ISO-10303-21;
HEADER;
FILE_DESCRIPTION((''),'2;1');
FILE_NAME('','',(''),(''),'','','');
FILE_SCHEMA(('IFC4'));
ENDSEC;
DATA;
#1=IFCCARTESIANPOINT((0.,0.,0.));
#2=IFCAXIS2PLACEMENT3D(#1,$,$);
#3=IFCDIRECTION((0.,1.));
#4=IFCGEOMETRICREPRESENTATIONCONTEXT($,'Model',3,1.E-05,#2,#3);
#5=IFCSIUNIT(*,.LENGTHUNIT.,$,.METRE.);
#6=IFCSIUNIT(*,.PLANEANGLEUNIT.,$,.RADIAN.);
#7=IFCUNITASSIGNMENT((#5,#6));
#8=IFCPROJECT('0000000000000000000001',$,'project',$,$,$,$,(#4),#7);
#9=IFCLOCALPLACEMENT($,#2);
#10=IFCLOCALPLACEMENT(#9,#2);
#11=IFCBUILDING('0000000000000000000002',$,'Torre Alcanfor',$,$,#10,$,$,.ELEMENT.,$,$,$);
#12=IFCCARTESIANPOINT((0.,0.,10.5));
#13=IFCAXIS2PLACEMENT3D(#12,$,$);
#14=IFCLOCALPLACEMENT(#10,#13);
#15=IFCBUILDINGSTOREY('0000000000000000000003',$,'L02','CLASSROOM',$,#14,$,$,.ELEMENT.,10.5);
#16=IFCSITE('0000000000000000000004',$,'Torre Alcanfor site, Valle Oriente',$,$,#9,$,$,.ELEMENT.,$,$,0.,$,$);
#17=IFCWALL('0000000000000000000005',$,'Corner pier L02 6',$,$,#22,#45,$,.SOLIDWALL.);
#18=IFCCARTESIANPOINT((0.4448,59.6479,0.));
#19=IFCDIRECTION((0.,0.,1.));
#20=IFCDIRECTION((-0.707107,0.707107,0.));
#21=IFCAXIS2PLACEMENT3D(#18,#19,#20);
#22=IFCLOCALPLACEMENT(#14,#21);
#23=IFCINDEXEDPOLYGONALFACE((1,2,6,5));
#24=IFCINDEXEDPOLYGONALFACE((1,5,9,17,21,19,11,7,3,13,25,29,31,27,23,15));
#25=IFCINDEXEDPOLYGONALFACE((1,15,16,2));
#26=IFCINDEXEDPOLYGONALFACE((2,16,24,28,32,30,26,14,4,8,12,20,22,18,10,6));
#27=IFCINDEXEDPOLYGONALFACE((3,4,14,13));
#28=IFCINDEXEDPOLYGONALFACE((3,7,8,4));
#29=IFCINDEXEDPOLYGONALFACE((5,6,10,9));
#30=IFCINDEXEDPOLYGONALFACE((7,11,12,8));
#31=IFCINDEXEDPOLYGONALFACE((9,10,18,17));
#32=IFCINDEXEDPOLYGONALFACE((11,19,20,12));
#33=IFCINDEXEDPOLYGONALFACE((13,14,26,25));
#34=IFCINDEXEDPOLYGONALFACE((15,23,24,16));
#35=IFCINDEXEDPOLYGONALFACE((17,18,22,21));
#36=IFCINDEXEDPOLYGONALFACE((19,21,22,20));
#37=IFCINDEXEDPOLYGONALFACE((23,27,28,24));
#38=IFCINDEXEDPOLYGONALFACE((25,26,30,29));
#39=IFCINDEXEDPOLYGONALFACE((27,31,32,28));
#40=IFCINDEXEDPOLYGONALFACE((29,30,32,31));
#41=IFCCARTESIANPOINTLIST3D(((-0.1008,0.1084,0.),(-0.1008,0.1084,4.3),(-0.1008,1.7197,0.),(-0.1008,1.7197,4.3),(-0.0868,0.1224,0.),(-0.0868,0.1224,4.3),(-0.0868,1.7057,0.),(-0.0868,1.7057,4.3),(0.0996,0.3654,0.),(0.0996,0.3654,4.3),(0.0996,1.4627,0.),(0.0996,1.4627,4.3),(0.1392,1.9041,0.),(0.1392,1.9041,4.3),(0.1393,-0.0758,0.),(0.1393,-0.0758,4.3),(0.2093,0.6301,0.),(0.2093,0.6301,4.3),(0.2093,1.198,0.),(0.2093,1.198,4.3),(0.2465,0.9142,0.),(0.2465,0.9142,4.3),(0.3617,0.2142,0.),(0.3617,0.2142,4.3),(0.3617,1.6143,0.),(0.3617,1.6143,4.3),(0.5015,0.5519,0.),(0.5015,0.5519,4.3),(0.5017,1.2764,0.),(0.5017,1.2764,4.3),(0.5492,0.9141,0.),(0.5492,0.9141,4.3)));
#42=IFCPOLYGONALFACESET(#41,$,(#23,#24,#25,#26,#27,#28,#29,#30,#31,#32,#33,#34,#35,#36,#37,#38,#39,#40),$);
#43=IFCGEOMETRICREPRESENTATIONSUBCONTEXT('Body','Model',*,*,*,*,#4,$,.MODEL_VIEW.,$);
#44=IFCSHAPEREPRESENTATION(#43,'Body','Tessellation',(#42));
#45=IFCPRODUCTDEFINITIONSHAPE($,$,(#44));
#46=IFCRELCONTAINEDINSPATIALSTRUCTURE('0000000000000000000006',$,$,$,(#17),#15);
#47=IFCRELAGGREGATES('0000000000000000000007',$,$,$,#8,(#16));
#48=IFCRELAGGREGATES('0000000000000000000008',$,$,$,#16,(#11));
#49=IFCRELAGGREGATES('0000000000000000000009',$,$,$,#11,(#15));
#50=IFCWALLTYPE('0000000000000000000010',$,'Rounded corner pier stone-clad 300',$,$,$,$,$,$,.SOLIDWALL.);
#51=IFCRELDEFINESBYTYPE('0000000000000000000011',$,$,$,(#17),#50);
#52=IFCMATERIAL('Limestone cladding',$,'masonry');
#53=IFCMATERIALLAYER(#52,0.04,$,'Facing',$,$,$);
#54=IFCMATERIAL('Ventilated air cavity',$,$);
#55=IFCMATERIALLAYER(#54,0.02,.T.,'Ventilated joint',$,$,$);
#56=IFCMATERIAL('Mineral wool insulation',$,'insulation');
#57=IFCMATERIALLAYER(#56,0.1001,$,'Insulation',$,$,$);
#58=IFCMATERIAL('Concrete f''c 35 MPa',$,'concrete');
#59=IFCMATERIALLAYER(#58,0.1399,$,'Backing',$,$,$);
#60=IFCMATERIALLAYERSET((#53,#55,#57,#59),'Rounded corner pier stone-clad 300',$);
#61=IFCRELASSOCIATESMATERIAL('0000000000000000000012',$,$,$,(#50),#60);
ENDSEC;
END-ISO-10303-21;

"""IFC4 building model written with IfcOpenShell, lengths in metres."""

from ifc_helpers import new_model, si_unit, direction, frame, origin, place, context, subcontext, project, spatial, polyline, outline, extrude, material, layer, layer_set, type_object, element, save


model = new_model("IFC4")

# Units and contexts
model_context = context("Model", 3, precision=1e-05, world=origin(), true_north=direction((0.0, 1.0)))
body_context = subcontext(model_context, "Body", "Model", "MODEL_VIEW")
ifc_project = project(units=[si_unit("LENGTHUNIT", "METRE"), si_unit("PLANEANGLEUNIT", "RADIAN")], contexts=[model_context])

# Site, building, storey
site_placement = place(None, origin())
site = spatial("IfcSite", under=ifc_project, at=site_placement, Name="Torre Alcanfor site, Valle Oriente", CompositionType="ELEMENT", RefElevation=0.0)
building_placement = place(site_placement, origin())
building = spatial("IfcBuilding", under=site, at=building_placement, Name="Torre Alcanfor", CompositionType="ELEMENT")
storey_placement = place(building_placement, frame((0.0, 0.0, 10.5)))
storey = spatial("IfcBuildingStorey", under=building, at=storey_placement, Name="L02", Description="CLASSROOM", CompositionType="ELEMENT", Elevation=10.5)

# Wall
ifc_material_1 = material(Name="Limestone cladding", Category="masonry")
ifc_layer_1 = layer(ifc_material_1, 0.04, Name="Facing")
ifc_material_2 = material(Name="Ventilated air cavity")
ifc_layer_2 = layer(ifc_material_2, 0.02, ventilated=True, Name="Ventilated joint")
ifc_material_3 = material(Name="Mineral wool insulation", Category="insulation")
ifc_layer_3 = layer(ifc_material_3, 0.1001, Name="Insulation")
ifc_material_4 = material(Name="Concrete f'c 35 MPa", Category="concrete")
ifc_layer_4 = layer(ifc_material_4, 0.1399, Name="Backing")
ifc_layer_set_1 = layer_set([ifc_layer_1, ifc_layer_2, ifc_layer_3, ifc_layer_4], Name="Rounded corner pier stone-clad 300")
wall_type_1 = type_object("IfcWallType", Name="Rounded corner pier stone-clad 300", PredefinedType="SOLIDWALL", material=ifc_layer_set_1)
wall_1_placement = place(storey_placement, frame((0.4448, 59.6479, 0.0), z_axis=(0.0, 0.0, 1.0), x_axis=(-0.707107, 0.707107, 0.0)))
element("IfcWall", 1, at=wall_1_placement, inside=storey, type_object=wall_type_1, Name="Corner pier L02 6", PredefinedType="SOLIDWALL", context=body_context, shape_type="SweptSolid", body=[
    extrude(outline(polyline([(0.1392, 1.9041), (-0.1008, 1.7197), (-0.0868, 1.7057), (0.0996, 1.4627), (0.2093, 1.198), (0.2465, 0.9142), (0.2093, 0.6301), (0.0996, 0.3654), (-0.0868, 0.1224), (-0.1008, 0.1084), (0.1393, -0.0758), (0.3617, 0.2142), (0.5015, 0.5519), (0.5492, 0.9141), (0.5017, 1.2764), (0.3617, 1.6143), (0.1392, 1.9041)])), origin(), (0.0, 0.0, 1.0), 4.3),
])

save(model, "model.ifc")
